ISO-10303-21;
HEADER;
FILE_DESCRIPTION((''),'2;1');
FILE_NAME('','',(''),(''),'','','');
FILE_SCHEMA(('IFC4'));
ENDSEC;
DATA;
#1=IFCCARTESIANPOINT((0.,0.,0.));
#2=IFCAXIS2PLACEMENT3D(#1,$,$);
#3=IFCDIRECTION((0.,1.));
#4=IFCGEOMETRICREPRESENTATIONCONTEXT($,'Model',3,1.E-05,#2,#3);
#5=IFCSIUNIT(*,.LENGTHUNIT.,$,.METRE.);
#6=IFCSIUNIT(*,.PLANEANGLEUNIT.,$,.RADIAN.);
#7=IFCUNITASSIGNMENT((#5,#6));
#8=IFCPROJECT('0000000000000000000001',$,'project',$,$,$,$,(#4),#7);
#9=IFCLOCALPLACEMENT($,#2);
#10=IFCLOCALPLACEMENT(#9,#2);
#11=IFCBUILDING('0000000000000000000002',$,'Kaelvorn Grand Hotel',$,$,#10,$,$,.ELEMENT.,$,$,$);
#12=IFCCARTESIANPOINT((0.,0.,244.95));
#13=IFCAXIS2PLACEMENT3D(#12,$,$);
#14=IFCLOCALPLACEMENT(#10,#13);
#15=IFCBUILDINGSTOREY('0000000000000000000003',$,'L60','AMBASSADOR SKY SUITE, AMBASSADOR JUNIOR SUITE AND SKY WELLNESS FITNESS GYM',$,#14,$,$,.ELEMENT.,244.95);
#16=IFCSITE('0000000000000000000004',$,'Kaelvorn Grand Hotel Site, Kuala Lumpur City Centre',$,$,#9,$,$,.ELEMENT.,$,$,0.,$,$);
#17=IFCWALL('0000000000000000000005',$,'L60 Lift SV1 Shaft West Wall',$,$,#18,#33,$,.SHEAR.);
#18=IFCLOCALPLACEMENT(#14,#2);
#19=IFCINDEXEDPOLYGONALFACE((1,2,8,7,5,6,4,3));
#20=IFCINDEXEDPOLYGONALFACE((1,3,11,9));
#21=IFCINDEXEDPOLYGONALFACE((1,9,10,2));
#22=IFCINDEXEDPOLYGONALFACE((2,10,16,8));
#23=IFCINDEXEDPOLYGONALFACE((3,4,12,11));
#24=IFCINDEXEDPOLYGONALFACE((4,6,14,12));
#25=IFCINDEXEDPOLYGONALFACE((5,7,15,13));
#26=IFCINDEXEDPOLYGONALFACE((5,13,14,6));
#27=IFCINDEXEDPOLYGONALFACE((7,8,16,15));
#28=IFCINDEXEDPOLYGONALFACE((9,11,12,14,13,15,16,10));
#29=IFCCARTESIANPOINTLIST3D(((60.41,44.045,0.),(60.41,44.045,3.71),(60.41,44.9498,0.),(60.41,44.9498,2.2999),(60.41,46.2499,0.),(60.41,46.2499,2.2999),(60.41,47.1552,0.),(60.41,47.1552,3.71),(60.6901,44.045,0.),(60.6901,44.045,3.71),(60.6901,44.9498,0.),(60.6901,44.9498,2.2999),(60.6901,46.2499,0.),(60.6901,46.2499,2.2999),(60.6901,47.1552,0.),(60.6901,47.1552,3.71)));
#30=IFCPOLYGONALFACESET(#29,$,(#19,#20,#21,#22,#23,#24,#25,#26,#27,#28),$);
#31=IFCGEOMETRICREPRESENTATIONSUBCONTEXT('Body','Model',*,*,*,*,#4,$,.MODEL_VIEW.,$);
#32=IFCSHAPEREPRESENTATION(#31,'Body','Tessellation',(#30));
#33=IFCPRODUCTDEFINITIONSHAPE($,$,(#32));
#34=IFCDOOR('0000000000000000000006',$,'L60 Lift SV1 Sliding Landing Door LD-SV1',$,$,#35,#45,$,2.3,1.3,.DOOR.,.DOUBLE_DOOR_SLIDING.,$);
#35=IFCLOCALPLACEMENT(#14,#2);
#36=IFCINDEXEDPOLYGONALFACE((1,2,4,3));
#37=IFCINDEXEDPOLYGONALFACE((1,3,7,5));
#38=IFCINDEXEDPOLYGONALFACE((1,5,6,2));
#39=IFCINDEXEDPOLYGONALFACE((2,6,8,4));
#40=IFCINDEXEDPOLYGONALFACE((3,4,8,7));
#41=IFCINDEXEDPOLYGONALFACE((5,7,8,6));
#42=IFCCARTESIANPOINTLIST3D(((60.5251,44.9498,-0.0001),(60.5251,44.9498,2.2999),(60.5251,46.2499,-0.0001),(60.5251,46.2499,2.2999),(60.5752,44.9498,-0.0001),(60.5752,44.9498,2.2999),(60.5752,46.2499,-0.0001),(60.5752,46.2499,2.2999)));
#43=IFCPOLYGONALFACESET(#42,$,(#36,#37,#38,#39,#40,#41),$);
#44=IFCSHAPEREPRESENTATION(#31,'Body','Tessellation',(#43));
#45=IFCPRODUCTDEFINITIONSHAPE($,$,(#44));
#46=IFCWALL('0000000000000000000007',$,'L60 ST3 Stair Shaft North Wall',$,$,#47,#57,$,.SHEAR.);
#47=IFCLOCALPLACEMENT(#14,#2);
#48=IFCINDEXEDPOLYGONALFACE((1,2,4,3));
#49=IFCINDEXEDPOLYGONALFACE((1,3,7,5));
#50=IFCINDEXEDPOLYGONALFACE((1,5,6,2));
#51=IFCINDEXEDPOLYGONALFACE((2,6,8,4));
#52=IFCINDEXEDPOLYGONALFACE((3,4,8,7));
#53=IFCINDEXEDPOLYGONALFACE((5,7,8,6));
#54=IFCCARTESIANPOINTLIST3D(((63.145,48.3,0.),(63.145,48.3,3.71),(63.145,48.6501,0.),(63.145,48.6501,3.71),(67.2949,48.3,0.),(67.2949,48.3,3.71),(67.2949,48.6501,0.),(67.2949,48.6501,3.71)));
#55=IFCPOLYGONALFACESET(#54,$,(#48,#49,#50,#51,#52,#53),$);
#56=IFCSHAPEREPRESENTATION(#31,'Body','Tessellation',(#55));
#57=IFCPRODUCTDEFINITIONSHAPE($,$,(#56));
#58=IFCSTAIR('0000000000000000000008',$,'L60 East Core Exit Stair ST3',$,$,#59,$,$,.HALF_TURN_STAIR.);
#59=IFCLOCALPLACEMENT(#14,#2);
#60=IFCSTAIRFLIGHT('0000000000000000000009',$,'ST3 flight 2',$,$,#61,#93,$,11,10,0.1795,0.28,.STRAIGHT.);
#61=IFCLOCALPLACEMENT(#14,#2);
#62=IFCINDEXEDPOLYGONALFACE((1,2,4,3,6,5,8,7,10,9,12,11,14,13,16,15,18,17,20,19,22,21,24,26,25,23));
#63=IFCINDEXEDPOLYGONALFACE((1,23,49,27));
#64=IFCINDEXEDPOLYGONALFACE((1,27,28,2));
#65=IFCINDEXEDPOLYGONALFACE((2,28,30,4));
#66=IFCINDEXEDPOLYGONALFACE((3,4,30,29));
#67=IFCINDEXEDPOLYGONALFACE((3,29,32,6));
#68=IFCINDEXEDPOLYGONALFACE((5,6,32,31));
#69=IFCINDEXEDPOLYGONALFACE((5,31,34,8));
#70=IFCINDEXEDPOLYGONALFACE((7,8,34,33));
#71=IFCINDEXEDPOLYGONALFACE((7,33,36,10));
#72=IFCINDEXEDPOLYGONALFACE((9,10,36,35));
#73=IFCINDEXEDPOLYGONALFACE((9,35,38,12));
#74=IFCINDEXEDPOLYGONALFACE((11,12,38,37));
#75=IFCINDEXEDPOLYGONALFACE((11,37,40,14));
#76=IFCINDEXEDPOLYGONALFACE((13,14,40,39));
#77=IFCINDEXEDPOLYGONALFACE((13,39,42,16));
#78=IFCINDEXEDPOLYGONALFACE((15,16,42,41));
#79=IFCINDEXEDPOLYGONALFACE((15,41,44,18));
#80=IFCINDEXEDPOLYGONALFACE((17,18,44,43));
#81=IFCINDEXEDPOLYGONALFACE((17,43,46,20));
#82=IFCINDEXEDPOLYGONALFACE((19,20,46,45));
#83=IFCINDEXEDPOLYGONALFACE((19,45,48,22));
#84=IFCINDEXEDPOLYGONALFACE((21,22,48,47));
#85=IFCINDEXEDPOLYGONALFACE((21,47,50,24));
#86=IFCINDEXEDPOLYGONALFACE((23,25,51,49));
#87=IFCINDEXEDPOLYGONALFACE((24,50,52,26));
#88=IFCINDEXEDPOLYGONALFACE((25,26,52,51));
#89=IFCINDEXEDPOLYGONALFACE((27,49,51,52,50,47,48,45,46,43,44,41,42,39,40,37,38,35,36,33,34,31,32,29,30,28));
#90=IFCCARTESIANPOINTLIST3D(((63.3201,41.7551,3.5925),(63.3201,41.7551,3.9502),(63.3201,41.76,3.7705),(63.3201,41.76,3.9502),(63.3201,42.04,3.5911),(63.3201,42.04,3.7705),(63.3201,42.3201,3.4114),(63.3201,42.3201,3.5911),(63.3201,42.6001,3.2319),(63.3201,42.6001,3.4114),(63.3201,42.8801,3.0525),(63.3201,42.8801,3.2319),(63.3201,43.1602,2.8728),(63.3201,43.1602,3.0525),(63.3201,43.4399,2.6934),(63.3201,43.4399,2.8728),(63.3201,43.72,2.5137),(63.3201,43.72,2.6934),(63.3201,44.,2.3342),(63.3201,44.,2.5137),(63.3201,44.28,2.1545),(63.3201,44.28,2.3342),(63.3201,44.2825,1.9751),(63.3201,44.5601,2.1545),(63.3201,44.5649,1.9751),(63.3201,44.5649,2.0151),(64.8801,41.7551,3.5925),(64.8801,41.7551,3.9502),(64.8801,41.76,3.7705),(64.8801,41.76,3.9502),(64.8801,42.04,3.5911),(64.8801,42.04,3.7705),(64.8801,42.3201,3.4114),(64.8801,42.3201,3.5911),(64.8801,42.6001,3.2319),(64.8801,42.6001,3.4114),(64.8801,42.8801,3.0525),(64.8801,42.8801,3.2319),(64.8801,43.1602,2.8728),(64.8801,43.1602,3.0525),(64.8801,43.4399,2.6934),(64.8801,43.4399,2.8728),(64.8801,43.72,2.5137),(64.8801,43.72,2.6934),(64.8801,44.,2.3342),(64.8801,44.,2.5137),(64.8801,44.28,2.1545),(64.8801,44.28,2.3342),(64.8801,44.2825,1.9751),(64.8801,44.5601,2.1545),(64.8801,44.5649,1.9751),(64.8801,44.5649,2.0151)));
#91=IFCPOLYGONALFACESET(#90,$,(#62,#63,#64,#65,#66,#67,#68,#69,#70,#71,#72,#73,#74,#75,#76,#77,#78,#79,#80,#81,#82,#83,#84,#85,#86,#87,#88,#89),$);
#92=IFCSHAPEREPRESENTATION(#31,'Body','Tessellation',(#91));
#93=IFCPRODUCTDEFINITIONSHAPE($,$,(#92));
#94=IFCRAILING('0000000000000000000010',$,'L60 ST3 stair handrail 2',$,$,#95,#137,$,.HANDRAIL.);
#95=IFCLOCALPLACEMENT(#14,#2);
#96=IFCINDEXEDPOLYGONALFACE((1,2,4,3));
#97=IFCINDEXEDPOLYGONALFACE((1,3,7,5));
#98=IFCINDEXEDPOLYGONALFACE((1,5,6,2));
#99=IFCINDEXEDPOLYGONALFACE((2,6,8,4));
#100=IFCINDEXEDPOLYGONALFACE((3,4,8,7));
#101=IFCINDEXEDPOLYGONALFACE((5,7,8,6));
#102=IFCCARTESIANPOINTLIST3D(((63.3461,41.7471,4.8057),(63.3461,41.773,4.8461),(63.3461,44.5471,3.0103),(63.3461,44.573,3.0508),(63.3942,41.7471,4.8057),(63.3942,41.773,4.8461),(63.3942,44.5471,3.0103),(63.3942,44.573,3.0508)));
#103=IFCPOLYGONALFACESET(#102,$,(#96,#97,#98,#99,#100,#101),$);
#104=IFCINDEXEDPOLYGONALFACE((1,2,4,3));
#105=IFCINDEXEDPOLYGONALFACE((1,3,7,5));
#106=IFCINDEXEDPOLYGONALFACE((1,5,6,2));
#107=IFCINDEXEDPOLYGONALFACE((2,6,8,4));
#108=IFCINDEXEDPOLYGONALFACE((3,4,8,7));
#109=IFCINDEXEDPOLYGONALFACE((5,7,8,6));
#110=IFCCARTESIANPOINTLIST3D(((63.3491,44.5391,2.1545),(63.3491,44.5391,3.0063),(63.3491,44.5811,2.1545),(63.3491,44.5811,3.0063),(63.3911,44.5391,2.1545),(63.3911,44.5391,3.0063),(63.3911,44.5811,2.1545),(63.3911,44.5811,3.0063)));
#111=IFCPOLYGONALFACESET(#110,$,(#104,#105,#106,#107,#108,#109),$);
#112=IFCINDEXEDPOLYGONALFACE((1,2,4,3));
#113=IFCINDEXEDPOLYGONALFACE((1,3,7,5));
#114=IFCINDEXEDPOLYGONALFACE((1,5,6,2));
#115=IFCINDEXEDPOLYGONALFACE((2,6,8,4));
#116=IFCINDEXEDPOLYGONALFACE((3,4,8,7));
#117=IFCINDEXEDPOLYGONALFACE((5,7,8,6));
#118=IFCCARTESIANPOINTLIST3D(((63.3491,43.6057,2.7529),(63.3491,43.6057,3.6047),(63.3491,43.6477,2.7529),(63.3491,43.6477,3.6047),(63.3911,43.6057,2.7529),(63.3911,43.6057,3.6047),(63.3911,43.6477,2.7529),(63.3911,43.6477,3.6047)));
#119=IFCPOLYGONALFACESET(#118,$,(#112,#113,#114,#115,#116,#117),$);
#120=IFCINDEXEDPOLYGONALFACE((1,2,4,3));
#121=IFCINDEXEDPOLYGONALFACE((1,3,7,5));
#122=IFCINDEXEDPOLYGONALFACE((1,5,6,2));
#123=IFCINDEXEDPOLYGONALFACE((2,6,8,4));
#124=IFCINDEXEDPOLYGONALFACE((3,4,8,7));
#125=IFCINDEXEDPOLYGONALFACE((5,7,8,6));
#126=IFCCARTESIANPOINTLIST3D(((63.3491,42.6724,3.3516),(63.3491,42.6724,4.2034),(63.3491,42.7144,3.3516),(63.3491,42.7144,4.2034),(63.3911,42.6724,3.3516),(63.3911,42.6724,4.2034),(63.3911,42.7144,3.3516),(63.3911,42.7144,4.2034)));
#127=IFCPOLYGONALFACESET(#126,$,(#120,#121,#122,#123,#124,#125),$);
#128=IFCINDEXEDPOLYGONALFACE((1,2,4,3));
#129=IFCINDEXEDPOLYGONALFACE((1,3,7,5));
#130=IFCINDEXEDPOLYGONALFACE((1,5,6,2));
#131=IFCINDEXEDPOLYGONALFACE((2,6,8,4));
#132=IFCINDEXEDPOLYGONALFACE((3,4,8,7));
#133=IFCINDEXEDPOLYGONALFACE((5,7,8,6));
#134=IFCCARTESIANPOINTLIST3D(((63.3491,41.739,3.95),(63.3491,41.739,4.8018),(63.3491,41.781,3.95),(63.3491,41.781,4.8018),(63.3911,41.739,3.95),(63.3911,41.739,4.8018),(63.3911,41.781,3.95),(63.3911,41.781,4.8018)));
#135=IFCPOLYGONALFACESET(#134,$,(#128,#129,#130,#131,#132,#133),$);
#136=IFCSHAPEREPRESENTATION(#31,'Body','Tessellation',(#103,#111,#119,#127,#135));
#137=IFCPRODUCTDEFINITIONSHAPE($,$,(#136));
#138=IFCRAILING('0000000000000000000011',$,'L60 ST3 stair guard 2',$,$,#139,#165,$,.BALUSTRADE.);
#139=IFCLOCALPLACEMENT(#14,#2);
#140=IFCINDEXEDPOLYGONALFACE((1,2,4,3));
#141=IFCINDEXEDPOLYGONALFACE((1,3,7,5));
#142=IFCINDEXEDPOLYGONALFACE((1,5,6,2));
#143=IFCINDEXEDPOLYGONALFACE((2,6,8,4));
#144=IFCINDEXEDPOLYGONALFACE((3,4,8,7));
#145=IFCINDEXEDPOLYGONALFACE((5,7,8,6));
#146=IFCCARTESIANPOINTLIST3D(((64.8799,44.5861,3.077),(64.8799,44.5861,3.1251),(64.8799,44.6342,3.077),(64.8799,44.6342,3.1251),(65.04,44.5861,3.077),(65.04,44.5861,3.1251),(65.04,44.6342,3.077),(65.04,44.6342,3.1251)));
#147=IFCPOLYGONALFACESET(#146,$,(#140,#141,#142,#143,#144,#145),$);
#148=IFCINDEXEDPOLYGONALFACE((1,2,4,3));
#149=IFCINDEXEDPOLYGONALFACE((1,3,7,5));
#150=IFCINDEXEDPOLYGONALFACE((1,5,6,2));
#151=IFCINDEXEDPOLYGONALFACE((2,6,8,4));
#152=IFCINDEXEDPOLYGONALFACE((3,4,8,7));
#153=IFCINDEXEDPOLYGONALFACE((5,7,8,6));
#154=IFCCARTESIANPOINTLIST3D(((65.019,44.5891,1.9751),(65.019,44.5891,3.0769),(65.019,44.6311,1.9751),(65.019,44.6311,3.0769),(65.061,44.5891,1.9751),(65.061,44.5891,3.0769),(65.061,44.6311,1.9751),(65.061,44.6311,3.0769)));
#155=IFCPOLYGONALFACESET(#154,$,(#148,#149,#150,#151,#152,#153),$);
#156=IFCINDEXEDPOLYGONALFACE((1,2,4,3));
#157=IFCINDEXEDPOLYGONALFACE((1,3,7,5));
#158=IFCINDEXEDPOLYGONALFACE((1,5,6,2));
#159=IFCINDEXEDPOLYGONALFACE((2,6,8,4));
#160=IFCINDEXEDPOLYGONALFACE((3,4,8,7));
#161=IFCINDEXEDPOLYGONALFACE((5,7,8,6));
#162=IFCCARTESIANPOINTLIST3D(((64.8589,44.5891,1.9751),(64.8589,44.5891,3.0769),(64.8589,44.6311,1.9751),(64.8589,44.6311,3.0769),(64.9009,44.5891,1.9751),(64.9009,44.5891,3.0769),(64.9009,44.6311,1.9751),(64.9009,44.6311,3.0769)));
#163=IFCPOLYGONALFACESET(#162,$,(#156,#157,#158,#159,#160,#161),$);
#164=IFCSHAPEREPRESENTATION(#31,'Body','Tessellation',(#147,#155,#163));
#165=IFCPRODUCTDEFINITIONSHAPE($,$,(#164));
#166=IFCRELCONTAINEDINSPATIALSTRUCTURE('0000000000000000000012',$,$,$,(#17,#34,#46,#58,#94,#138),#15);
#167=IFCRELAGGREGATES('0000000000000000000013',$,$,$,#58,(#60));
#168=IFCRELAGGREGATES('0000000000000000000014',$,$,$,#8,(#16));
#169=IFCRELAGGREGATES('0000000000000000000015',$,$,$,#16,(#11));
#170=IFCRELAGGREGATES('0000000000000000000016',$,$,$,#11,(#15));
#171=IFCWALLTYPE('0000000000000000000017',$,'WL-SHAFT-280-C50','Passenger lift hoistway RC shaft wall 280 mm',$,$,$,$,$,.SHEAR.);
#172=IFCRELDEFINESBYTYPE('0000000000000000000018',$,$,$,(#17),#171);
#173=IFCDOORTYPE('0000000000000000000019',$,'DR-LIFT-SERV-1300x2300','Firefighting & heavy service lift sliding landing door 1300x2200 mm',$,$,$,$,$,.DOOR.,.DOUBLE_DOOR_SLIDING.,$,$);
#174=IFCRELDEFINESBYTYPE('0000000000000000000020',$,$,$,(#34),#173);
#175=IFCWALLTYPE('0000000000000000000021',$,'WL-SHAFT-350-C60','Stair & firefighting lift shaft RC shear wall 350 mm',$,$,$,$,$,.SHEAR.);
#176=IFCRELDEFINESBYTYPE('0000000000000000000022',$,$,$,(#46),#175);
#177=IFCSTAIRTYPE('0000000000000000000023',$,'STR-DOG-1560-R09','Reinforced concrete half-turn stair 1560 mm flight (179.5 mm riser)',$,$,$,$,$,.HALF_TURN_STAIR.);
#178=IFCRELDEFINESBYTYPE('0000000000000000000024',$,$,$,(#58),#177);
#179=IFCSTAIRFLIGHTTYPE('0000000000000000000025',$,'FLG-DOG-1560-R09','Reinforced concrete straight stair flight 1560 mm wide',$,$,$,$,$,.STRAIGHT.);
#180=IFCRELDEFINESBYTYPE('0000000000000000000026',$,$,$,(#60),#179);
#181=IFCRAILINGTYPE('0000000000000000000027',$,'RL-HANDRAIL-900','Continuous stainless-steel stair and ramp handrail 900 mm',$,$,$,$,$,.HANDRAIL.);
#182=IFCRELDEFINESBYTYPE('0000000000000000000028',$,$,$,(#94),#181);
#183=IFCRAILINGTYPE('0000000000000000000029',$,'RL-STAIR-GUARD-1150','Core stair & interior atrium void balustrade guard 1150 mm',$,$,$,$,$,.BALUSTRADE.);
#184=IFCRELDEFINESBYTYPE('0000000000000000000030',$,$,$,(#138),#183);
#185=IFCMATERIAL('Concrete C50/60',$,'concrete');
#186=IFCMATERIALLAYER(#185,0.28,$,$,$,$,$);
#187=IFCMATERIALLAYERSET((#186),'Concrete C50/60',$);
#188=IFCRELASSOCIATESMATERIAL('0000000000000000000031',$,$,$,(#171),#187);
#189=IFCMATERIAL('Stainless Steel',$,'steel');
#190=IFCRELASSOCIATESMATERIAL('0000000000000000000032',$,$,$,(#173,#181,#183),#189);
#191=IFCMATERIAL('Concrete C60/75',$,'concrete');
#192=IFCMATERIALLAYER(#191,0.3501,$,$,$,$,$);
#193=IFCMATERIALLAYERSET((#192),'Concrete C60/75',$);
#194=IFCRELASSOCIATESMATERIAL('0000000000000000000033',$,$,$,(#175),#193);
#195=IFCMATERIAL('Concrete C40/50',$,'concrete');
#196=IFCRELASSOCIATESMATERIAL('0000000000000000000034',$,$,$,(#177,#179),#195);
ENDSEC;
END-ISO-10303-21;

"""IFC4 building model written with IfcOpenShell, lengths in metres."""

from ifc_helpers import new_model, si_unit, direction, frame, frame_2d, origin, origin_2d, place, context, subcontext, project, spatial, polyline, rectangle, outline, extrude, material, layer, layer_set, type_object, element, fill, aggregate, save


model = new_model("IFC4")

# Units and contexts
model_context = context("Model", 3, precision=1e-05, world=origin(), true_north=direction((0.0, 1.0)))
body_context = subcontext(model_context, "Body", "Model", "MODEL_VIEW")
ifc_project = project(units=[si_unit("LENGTHUNIT", "METRE"), si_unit("PLANEANGLEUNIT", "RADIAN")], contexts=[model_context])

# Site, building, storey
site_placement = place(None, origin())
site = spatial("IfcSite", under=ifc_project, at=site_placement, Name="Kaelvorn Grand Hotel Site, Kuala Lumpur City Centre", CompositionType="ELEMENT", RefElevation=0.0)
building_placement = place(site_placement, origin())
building = spatial("IfcBuilding", under=site, at=building_placement, Name="Kaelvorn Grand Hotel", CompositionType="ELEMENT")
storey_placement = place(building_placement, frame((0.0, 0.0, 244.95)))
storey = spatial("IfcBuildingStorey", under=building, at=storey_placement, Name="L60", Description="AMBASSADOR SKY SUITE, AMBASSADOR JUNIOR SUITE AND SKY WELLNESS FITNESS GYM", CompositionType="ELEMENT", Elevation=244.95)

# Shared definitions
ifc_material_1 = material(Name="Concrete C60/75", Category="concrete")
ifc_material_2 = material(Name="Concrete C50/60", Category="concrete")

# Shared definitions
ifc_material_3 = material(Name="Concrete C40/50", Category="concrete")

# Shared definitions
ifc_layer_1 = layer(ifc_material_2, 0.28)
ifc_layer_set_1 = layer_set([ifc_layer_1], Name="Concrete C50/60")
wall_type_1 = type_object("IfcWallType", Name="WL-SHAFT-280-C50", Description="Passenger lift hoistway RC shaft wall 280 mm", PredefinedType="SHEAR", material=ifc_layer_set_1)

# Wall, opening, door
wall_1_placement = place(storey_placement, frame((60.55, 44.0449, 0.0), z_axis=(0.0, 0.0, 1.0), x_axis=(0.0, 1.0, 0.0)))
wall_1 = element("IfcWall", 1, at=wall_1_placement, inside=storey, type_object=wall_type_1, Name="L60 Lift SV1 Shaft West Wall", PredefinedType="SHEAR", context=body_context, shape_type="SweptSolid", body=[
    extrude(rectangle(XDim=3.1101, YDim=0.28, at=frame_2d((1.5552, 0.0))), origin(), (0.0, 0.0, 1.0), 3.71),
])
opening_1_placement = place(wall_1_placement, frame((0.905, 0.0, 0.0)))
opening_1 = element("IfcOpeningElement", 2, at=opening_1_placement, cuts=wall_1, PredefinedType="OPENING", context=body_context, shape_type="SweptSolid", body=[
    extrude(rectangle(XDim=1.3, YDim=2.3, at=frame_2d((0.6499, 1.1499))), frame((0.0, 0.1499, 0.0), z_axis=(0.0, -1.0, 0.0), x_axis=(1.0, 0.0, 0.0)), (0.0, 0.0, 1.0), 0.3),
])
ifc_material_4 = material(Name="Stainless Steel", Category="steel")
door_type = type_object("IfcDoorType", Name="DR-LIFT-SERV-1300x2300", Description="Firefighting & heavy service lift sliding landing door 1300x2200 mm", OperationType="DOUBLE_DOOR_SLIDING", PredefinedType="DOOR", material=ifc_material_4)
door_placement = place(opening_1_placement, origin())
door = element("IfcDoor", 3, at=door_placement, inside=storey, type_object=door_type, Name="L60 Lift SV1 Sliding Landing Door LD-SV1", OperationType="DOUBLE_DOOR_SLIDING", OverallHeight=2.3, OverallWidth=1.3, PredefinedType="DOOR", context=body_context, shape_type="SweptSolid", body=[
    extrude(rectangle(XDim=1.3, YDim=2.3, at=frame_2d((0.6499, 1.1499))), frame((0.0, 0.0249, 0.0), z_axis=(0.0, -1.0, 0.0), x_axis=(1.0, 0.0, 0.0)), (0.0, 0.0, 1.0), 0.05),
])
fill(opening_1, door)

# Wall
ifc_layer_2 = layer(ifc_material_1, 0.3501)
ifc_layer_set_2 = layer_set([ifc_layer_2], Name="Concrete C60/75")
wall_type_2 = type_object("IfcWallType", Name="WL-SHAFT-350-C60", Description="Stair & firefighting lift shaft RC shear wall 350 mm", PredefinedType="SHEAR", material=ifc_layer_set_2)
wall_2_placement = place(storey_placement, frame((63.145, 48.4751, 0.0), z_axis=(0.0, 0.0, 1.0), x_axis=(1.0, 0.0, 0.0)))
element("IfcWall", 4, at=wall_2_placement, inside=storey, type_object=wall_type_2, Name="L60 ST3 Stair Shaft North Wall", PredefinedType="SHEAR", context=body_context, shape_type="SweptSolid", body=[
    extrude(rectangle(XDim=4.1499, YDim=0.3501, at=frame_2d((2.075, 0.0))), origin(), (0.0, 0.0, 1.0), 3.71),
])

# Stair, stair flight
stair_type = type_object("IfcStairType", Name="STR-DOG-1560-R09", Description="Reinforced concrete half-turn stair 1560 mm flight (179.5 mm riser)", PredefinedType="HALF_TURN_STAIR", material=ifc_material_3)
stair_placement = place(storey_placement, origin())
stair = element("IfcStair", 5, at=stair_placement, inside=storey, type_object=stair_type, Name="L60 East Core Exit Stair ST3", PredefinedType="HALF_TURN_STAIR")
stair_flight_type = type_object("IfcStairFlightType", Name="FLG-DOG-1560-R09", Description="Reinforced concrete straight stair flight 1560 mm wide", PredefinedType="STRAIGHT", material=ifc_material_3)
stair_flight_placement = place(storey_placement, frame((64.1001, 44.5601, 1.9751), z_axis=(0.0, 0.0, 1.0), x_axis=(0.0, -1.0, 0.0)))
stair_flight = element("IfcStairFlight", 6, at=stair_flight_placement, type_object=stair_flight_type, Name="ST3 flight 2", NumberOfRisers=11, NumberOfTreads=10, PredefinedType="STRAIGHT", RiserHeight=0.1795, TreadLength=0.28, context=body_context, shape_type="SweptSolid", body=[
    extrude(outline(polyline([(-0.0049, 0.0), (-0.0049, 0.04), (0.0, 0.1794), (0.28, 0.1794), (0.28, 0.3591), (0.5601, 0.3591), (0.5601, 0.5386), (0.8401, 0.5386), (0.8401, 0.7183), (1.1201, 0.7183), (1.1201, 0.8977), (1.3999, 0.8977), (1.3999, 1.0774), (1.6799, 1.0774), (1.6799, 1.2568), (1.96, 1.2568), (1.96, 1.4363), (2.24, 1.4363), (2.24, 1.616), (2.52, 1.616), (2.52, 1.7954), (2.8, 1.7954), (2.8, 1.9751), (2.8049, 1.9751), (2.8049, 1.6174), (0.2776, 0.0), (-0.0049, 0.0)])), frame((0.0, 0.78, 0.0), z_axis=(0.0, -1.0, 0.0), x_axis=(1.0, 0.0, 0.0)), (0.0, 0.0, 1.0), 1.5601),
])
aggregate(stair, [stair_flight])

# Railings
railing_type_1 = type_object("IfcRailingType", Name="RL-HANDRAIL-900", Description="Continuous stainless-steel stair and ramp handrail 900 mm", PredefinedType="HANDRAIL", material=ifc_material_4)
railing_1_placement = place(storey_placement, frame((63.3701, 44.5601, 2.1545)))
element("IfcRailing", 7, at=railing_1_placement, inside=storey, type_object=railing_type_1, Name="L60 ST3 stair handrail 2", PredefinedType="HANDRAIL", context=body_context, shape_type="SweptSolid", body=[
    extrude(rectangle(XDim=0.0481, YDim=0.0481, at=origin_2d()), frame((0.0, 0.0, 0.876), z_axis=(0.0, -0.84181, 0.539774), x_axis=(1.0, 0.0, 0.0)), (0.0, 0.0, 1.0), 3.3262),
    extrude(rectangle(XDim=0.042, YDim=0.042, at=origin_2d()), origin(), (0.0, 0.0, 1.0), 0.8518),
    extrude(rectangle(XDim=0.042, YDim=0.042, at=origin_2d()), frame((0.0, -0.9333, 0.5984)), (0.0, 0.0, 1.0), 0.8518),
    extrude(rectangle(XDim=0.042, YDim=0.042, at=origin_2d()), frame((0.0, -1.8667, 1.197)), (0.0, 0.0, 1.0), 0.8518),
    extrude(rectangle(XDim=0.042, YDim=0.042, at=origin_2d()), frame((0.0, -2.8, 1.7954)), (0.0, 0.0, 1.0), 0.8518),
])
railing_type_2 = type_object("IfcRailingType", Name="RL-STAIR-GUARD-1150", Description="Core stair & interior atrium void balustrade guard 1150 mm", PredefinedType="BALUSTRADE", material=ifc_material_4)
railing_2_placement = place(storey_placement, frame((65.04, 44.6101, 1.9751)))
element("IfcRailing", 8, at=railing_2_placement, inside=storey, type_object=railing_type_2, Name="L60 ST3 stair guard 2", PredefinedType="BALUSTRADE", context=body_context, shape_type="SweptSolid", body=[
    extrude(rectangle(XDim=0.0481, YDim=0.0481, at=origin_2d()), frame((0.0, 0.0, 1.126), z_axis=(-1.0, 0.0, 0.0), x_axis=(0.0, -1.0, 0.0)), (0.0, 0.0, 1.0), 0.1602),
    extrude(rectangle(XDim=0.042, YDim=0.042, at=origin_2d()), origin(), (0.0, 0.0, 1.0), 1.1018),
    extrude(rectangle(XDim=0.042, YDim=0.042, at=origin_2d()), frame((-0.1602, 0.0, 0.0)), (0.0, 0.0, 1.0), 1.1018),
])

save(model, "model.ifc")
